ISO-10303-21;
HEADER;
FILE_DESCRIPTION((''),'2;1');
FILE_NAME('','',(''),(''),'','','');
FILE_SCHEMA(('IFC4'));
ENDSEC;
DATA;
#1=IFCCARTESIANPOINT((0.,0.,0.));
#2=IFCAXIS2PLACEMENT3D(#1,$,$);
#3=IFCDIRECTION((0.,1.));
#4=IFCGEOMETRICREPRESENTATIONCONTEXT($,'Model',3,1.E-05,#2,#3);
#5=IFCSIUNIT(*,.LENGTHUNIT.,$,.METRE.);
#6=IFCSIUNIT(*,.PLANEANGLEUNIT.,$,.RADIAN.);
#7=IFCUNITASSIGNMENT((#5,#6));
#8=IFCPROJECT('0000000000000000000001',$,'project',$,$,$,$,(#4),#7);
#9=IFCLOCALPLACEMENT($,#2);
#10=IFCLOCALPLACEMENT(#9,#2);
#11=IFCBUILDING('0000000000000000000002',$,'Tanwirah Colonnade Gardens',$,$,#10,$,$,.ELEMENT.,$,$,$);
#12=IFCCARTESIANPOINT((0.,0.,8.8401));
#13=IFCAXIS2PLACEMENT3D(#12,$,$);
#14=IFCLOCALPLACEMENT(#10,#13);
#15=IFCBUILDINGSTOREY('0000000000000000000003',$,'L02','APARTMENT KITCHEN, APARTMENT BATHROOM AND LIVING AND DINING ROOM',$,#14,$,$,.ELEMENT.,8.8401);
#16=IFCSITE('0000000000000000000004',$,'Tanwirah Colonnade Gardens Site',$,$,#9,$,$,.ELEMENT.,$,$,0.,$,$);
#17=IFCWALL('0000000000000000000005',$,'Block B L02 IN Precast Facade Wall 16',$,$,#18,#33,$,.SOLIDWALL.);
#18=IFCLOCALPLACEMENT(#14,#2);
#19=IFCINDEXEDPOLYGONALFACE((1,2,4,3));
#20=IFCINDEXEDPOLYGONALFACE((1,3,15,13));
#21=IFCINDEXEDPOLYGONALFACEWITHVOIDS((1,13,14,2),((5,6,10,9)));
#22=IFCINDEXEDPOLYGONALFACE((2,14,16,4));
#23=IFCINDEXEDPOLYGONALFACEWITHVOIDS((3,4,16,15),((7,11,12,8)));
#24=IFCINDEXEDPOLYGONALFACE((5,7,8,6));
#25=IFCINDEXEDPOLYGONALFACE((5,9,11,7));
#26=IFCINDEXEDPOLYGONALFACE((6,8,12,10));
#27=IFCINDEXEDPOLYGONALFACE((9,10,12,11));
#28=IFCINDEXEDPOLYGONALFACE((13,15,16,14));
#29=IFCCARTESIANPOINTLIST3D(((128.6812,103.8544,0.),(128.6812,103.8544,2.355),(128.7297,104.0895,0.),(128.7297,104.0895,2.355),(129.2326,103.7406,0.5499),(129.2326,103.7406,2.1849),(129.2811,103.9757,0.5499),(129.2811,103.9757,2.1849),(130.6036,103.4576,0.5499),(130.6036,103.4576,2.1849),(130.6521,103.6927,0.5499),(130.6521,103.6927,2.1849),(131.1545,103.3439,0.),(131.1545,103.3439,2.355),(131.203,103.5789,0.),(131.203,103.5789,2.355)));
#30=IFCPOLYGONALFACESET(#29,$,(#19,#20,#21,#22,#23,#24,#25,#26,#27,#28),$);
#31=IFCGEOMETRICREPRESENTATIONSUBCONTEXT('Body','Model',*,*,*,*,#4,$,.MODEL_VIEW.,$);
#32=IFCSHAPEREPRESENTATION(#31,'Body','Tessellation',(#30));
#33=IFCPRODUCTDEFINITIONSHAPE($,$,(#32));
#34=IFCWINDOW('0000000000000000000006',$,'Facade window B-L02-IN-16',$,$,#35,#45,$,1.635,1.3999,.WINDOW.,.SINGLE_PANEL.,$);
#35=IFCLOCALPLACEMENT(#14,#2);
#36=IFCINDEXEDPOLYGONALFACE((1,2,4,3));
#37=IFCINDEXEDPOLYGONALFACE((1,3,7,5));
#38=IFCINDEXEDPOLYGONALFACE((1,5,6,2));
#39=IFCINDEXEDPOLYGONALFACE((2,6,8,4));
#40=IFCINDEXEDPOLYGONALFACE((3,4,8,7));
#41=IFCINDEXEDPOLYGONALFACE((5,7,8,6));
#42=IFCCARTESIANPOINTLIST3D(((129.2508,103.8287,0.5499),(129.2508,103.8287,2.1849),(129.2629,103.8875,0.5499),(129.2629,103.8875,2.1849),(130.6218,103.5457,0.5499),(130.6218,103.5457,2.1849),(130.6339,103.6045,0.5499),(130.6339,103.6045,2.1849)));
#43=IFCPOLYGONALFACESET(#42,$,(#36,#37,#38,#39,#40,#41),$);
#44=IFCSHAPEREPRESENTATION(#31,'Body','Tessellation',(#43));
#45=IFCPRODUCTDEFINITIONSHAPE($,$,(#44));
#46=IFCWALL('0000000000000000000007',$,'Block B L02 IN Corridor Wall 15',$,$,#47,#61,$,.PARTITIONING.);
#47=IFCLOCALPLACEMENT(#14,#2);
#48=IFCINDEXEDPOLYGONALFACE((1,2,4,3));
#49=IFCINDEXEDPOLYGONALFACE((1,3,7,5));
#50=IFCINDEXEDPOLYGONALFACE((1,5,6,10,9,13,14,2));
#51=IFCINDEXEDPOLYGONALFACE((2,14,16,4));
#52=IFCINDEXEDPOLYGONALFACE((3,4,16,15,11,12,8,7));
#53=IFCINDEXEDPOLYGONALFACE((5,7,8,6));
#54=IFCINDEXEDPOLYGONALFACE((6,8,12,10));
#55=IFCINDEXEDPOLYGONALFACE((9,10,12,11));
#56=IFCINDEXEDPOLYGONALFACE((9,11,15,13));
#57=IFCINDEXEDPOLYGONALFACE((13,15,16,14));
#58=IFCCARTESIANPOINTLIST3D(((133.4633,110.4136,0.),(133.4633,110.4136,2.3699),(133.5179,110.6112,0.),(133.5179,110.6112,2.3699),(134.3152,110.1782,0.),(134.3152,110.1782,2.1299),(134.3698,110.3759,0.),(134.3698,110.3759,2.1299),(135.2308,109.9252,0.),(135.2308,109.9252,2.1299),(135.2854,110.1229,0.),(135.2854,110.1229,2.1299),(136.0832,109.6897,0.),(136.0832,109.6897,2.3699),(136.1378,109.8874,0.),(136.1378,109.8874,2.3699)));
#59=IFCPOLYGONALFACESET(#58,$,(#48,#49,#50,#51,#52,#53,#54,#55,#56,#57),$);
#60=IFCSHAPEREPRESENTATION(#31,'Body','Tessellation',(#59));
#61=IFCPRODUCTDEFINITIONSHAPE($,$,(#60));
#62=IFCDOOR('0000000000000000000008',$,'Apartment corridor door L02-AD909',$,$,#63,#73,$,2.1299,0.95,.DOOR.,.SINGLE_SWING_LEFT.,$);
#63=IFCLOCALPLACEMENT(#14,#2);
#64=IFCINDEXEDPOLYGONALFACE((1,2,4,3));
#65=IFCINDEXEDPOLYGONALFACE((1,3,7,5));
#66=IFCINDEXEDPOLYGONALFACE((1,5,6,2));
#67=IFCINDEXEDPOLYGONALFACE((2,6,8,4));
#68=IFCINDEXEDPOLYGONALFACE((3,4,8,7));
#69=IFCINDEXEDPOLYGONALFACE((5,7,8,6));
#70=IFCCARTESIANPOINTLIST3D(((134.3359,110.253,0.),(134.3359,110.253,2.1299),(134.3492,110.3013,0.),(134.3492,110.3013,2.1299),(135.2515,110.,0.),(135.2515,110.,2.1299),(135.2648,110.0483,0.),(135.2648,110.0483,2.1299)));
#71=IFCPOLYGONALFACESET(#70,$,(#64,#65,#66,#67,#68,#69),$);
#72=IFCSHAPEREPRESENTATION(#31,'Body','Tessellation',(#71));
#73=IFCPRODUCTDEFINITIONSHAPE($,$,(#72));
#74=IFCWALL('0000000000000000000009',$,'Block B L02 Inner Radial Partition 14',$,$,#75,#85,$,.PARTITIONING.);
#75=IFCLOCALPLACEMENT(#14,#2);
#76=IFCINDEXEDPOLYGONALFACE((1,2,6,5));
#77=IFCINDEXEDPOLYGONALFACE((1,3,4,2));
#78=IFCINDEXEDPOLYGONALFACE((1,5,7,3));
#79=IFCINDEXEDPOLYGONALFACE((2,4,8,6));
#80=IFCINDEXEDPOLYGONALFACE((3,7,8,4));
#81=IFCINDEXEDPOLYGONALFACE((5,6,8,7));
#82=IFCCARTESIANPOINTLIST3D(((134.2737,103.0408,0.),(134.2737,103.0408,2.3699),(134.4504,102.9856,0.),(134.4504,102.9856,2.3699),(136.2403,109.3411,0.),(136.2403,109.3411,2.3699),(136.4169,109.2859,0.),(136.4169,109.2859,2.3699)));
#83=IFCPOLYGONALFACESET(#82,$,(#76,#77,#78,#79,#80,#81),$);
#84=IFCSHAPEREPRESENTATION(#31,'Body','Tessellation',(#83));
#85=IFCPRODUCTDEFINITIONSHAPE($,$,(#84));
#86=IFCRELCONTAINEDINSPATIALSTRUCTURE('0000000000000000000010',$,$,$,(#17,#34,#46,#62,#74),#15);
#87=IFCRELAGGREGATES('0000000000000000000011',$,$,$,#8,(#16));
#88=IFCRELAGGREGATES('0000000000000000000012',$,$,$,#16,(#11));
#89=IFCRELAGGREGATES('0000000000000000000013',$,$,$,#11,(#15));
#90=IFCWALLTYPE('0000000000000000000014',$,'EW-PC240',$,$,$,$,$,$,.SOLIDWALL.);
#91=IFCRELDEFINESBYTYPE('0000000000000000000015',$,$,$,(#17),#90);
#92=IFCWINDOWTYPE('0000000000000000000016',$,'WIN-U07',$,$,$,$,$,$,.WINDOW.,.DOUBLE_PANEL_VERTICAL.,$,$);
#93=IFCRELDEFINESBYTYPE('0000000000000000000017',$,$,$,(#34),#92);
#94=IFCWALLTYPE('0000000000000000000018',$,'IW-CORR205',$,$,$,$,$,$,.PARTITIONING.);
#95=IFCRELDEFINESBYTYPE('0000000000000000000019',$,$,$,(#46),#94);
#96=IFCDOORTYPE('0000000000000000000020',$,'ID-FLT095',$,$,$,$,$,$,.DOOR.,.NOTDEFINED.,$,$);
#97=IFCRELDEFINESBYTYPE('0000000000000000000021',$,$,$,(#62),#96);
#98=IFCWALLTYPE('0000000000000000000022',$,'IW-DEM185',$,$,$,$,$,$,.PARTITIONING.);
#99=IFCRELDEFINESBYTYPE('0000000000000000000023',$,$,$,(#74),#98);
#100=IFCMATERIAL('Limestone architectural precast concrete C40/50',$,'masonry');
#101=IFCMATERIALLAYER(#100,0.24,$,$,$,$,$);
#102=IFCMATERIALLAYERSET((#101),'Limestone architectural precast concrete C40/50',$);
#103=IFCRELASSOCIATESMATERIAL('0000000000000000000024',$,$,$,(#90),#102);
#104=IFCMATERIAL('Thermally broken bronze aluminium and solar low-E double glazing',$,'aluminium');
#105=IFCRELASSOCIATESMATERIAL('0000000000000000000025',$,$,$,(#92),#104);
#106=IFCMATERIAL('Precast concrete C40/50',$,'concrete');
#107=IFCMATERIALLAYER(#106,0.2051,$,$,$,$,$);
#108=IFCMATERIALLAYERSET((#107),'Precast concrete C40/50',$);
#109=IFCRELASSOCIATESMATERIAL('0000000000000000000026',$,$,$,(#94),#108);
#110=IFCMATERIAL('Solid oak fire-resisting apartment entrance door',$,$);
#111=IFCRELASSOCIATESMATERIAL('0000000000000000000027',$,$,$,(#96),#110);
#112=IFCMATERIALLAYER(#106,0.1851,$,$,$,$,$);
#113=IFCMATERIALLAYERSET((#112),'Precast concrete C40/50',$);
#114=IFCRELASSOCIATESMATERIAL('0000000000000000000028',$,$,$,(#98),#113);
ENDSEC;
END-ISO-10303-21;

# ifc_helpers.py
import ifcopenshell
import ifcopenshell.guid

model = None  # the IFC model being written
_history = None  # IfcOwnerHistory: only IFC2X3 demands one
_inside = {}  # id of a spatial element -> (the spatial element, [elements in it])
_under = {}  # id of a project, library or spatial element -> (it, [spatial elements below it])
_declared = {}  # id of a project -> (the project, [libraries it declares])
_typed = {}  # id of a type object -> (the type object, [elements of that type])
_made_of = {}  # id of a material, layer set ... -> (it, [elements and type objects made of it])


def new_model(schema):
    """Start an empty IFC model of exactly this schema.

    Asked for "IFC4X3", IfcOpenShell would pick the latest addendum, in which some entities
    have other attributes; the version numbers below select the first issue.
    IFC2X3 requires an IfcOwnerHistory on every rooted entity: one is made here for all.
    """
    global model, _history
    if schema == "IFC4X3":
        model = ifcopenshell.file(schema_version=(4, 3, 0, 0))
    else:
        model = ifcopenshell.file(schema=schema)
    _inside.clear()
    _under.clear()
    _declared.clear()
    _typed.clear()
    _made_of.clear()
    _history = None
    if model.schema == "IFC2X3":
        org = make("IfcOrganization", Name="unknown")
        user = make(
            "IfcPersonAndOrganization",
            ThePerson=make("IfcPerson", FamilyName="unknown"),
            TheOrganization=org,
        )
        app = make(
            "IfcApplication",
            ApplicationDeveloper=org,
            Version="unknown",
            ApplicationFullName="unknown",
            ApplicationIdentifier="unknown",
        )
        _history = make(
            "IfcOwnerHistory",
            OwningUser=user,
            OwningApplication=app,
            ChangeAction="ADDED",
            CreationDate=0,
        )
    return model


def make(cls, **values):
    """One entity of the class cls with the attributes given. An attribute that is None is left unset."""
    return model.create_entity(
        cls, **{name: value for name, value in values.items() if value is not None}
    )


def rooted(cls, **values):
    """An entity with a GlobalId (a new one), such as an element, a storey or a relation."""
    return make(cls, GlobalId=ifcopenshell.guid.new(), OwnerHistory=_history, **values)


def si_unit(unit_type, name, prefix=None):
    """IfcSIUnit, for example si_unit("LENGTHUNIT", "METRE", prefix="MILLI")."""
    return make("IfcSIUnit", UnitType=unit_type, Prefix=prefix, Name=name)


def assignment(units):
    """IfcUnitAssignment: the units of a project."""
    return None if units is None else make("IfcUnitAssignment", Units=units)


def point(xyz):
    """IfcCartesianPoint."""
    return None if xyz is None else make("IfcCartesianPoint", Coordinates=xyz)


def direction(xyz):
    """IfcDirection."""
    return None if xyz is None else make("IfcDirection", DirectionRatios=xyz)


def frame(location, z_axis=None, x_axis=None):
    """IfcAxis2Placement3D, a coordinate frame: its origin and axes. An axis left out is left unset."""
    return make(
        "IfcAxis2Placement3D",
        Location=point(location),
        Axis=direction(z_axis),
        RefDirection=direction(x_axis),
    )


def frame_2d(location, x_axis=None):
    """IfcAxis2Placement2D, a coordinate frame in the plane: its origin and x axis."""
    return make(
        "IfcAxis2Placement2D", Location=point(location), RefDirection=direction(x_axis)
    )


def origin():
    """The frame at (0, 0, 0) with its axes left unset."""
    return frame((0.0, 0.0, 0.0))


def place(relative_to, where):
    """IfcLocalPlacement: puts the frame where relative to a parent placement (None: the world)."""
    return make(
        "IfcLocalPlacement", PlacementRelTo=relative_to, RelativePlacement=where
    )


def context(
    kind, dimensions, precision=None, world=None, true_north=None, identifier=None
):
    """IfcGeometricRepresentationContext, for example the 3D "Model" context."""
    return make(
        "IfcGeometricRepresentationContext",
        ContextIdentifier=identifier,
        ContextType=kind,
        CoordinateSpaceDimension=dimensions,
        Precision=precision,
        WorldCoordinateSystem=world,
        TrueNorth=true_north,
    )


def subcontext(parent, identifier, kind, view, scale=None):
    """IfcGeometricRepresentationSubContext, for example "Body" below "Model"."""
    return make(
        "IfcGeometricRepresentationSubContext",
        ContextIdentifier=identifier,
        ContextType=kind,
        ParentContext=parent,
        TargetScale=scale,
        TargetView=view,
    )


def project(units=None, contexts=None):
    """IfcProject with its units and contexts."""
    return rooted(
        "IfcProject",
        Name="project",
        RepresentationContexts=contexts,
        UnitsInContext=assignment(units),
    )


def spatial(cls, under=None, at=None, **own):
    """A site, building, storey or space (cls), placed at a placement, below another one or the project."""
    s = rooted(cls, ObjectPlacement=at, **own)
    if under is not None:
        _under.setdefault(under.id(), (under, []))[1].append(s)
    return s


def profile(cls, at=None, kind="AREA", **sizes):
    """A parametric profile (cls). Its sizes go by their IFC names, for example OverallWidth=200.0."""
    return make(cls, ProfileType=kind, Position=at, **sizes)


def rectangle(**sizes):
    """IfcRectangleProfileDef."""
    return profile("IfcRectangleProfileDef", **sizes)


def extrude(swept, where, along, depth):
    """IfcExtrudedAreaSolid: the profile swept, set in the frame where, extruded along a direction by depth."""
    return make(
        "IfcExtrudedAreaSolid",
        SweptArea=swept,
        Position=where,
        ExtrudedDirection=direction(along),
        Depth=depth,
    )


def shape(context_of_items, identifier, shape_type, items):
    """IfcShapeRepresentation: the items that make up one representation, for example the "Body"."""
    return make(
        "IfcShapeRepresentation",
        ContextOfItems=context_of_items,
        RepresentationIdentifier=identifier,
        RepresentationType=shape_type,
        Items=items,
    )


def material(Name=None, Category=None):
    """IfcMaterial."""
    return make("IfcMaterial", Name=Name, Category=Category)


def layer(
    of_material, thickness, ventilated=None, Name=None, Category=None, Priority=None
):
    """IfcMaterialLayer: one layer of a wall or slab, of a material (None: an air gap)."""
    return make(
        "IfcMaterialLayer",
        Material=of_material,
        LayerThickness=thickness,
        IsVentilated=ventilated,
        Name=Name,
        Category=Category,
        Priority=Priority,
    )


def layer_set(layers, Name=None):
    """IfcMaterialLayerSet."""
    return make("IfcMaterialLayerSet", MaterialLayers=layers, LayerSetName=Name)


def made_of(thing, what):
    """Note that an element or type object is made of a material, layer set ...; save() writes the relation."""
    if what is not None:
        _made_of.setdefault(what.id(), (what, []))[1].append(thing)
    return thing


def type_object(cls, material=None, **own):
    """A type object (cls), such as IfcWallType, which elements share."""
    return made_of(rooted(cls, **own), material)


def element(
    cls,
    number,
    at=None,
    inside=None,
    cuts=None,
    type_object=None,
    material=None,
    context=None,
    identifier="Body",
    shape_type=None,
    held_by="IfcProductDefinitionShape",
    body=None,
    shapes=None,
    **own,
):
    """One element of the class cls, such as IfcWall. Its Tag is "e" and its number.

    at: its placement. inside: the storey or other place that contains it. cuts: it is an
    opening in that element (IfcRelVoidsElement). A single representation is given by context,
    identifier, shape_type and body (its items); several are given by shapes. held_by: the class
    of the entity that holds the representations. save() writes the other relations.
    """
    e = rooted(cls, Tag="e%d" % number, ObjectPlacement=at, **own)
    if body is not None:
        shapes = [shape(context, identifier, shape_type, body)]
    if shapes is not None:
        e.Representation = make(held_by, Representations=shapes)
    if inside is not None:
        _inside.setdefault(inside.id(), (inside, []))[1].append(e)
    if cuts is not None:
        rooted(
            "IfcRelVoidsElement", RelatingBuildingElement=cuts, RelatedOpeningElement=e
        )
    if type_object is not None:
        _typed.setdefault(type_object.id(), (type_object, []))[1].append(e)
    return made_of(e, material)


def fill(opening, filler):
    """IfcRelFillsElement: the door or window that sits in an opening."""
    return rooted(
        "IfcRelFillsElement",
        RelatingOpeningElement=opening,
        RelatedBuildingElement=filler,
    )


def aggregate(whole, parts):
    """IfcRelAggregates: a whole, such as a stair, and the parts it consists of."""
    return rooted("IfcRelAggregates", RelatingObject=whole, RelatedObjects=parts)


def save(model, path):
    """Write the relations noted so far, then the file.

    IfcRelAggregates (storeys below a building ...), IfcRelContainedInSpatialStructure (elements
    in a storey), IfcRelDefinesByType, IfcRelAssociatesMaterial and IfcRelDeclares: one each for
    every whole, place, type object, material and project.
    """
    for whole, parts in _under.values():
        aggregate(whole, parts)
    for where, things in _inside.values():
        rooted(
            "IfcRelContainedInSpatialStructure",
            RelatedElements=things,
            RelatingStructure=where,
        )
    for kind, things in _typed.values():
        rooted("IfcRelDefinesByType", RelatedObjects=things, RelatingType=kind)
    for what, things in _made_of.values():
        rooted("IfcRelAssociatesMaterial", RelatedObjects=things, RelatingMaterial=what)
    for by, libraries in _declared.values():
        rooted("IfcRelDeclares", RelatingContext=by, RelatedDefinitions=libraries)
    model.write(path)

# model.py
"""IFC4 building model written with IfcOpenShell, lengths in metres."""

from ifc_helpers import new_model, si_unit, direction, frame, frame_2d, origin, place, context, subcontext, project, spatial, rectangle, extrude, material, layer, layer_set, type_object, element, fill, save


model = new_model("IFC4")

# Units and contexts
model_context = context("Model", 3, precision=1e-05, world=origin(), true_north=direction((0.0, 1.0)))
body_context = subcontext(model_context, "Body", "Model", "MODEL_VIEW")
ifc_project = project(units=[si_unit("LENGTHUNIT", "METRE"), si_unit("PLANEANGLEUNIT", "RADIAN")], contexts=[model_context])

# Site, building, storey
site_placement = place(None, origin())
site = spatial("IfcSite", under=ifc_project, at=site_placement, Name="Tanwirah Colonnade Gardens Site", CompositionType="ELEMENT", RefElevation=0.0)
building_placement = place(site_placement, origin())
building = spatial("IfcBuilding", under=site, at=building_placement, Name="Tanwirah Colonnade Gardens", CompositionType="ELEMENT")
storey_placement = place(building_placement, frame((0.0, 0.0, 8.8401)))
storey = spatial("IfcBuildingStorey", under=building, at=storey_placement, Name="L02", Description="APARTMENT KITCHEN, APARTMENT BATHROOM AND LIVING AND DINING ROOM", CompositionType="ELEMENT", Elevation=8.8401)

# Shared definitions
ifc_material_1 = material(Name="Precast concrete C40/50", Category="concrete")

# Wall, opening, window
ifc_material_2 = material(Name="Limestone architectural precast concrete C40/50", Category="masonry")
ifc_layer_1 = layer(ifc_material_2, 0.24)
ifc_layer_set_1 = layer_set([ifc_layer_1], Name="Limestone architectural precast concrete C40/50")
wall_type_1 = type_object("IfcWallType", Name="EW-PC240", PredefinedType="SOLIDWALL", material=ifc_layer_set_1)
ifc_material_3 = material(Name="Thermally broken bronze aluminium and solar low-E double glazing", Category="aluminium")
wall_1_placement = place(storey_placement, frame((131.1787, 103.4614, 0.0), z_axis=(0.0, 0.0, 1.0), x_axis=(-0.979354, 0.202155, 0.0)))
wall_1 = element("IfcWall", 1, at=wall_1_placement, inside=storey, type_object=wall_type_1, Name="Block B L02 IN Precast Facade Wall 16", PredefinedType="SOLIDWALL", context=body_context, shape_type="SweptSolid", body=[
    extrude(rectangle(XDim=2.5254, YDim=0.24, at=frame_2d((1.2627, 0.0))), origin(), (0.0, 0.0, 1.0), 2.355),
])
opening_1_placement = place(wall_1_placement, frame((0.5625, 0.0, 0.55)))
opening_1 = element("IfcOpeningElement", 2, at=opening_1_placement, cuts=wall_1, PredefinedType="OPENING", context=body_context, shape_type="SweptSolid", body=[
    extrude(rectangle(XDim=1.3999, YDim=1.635, at=frame_2d((0.7, 0.8174))), frame((0.0, 0.1299, 0.0), z_axis=(0.0, -1.0, 0.0), x_axis=(1.0, 0.0, 0.0)), (0.0, 0.0, 1.0), 0.26),
])
window_type_1 = type_object("IfcWindowType", Name="WIN-U07", PartitioningType="DOUBLE_PANEL_VERTICAL", PredefinedType="WINDOW", material=ifc_material_3)
window_1_placement = place(opening_1_placement, origin())
window_1 = element("IfcWindow", 3, at=window_1_placement, inside=storey, type_object=window_type_1, Name="Facade window B-L02-IN-16", OverallHeight=1.635, OverallWidth=1.3999, PartitioningType="SINGLE_PANEL", PredefinedType="WINDOW", context=body_context, shape_type="SweptSolid", body=[
    extrude(rectangle(XDim=1.3999, YDim=1.635, at=frame_2d((0.7, 0.8174))), frame((0.0, 0.03, 0.0), z_axis=(0.0, -1.0, 0.0), x_axis=(1.0, 0.0, 0.0)), (0.0, 0.0, 1.0), 0.0601),
])
fill(opening_1, window_1)

# Wall, opening, door
ifc_layer_2 = layer(ifc_material_1, 0.2051)
ifc_layer_set_2 = layer_set([ifc_layer_2], Name="Precast concrete C40/50")
wall_type_2 = type_object("IfcWallType", Name="IW-CORR205", PredefinedType="PARTITIONING", material=ifc_layer_set_2)
wall_2_placement = place(storey_placement, frame((136.1104, 109.7886, 0.0), z_axis=(0.0, 0.0, 1.0), x_axis=(-0.963884, 0.266323, 0.0)))
wall_2 = element("IfcWall", 4, at=wall_2_placement, inside=storey, type_object=wall_type_2, Name="Block B L02 IN Corridor Wall 15", PredefinedType="PARTITIONING", context=body_context, shape_type="SweptSolid", body=[
    extrude(rectangle(XDim=2.718, YDim=0.2051, at=frame_2d((1.3589, 0.0))), origin(), (0.0, 0.0, 1.0), 2.3699),
])
opening_2_placement = place(wall_2_placement, frame((0.884, 0.0, 0.0)))
opening_2 = element("IfcOpeningElement", 5, at=opening_2_placement, cuts=wall_2, PredefinedType="OPENING", context=body_context, shape_type="SweptSolid", body=[
    extrude(rectangle(XDim=0.95, YDim=2.1299, at=frame_2d((0.4751, 1.0649))), frame((0.0, 0.1125, 0.0), z_axis=(0.0, -1.0, 0.0), x_axis=(1.0, 0.0, 0.0)), (0.0, 0.0, 1.0), 0.2251),
])
ifc_material_4 = material(Name="Solid oak fire-resisting apartment entrance door")
door_type_1 = type_object("IfcDoorType", Name="ID-FLT095", OperationType="NOTDEFINED", PredefinedType="DOOR", material=ifc_material_4)
door_1_placement = place(opening_2_placement, origin())
door_1 = element("IfcDoor", 6, at=door_1_placement, inside=storey, type_object=door_type_1, Name="Apartment corridor door L02-AD909", OperationType="SINGLE_SWING_LEFT", OverallHeight=2.1299, OverallWidth=0.95, PredefinedType="DOOR", context=body_context, shape_type="SweptSolid", body=[
    extrude(rectangle(XDim=0.95, YDim=2.1299, at=frame_2d((0.4751, 1.0649))), frame((0.0, 0.0249, 0.0), z_axis=(0.0, -1.0, 0.0), x_axis=(1.0, 0.0, 0.0)), (0.0, 0.0, 1.0), 0.05),
])
fill(opening_2, door_1)

# Wall
ifc_layer_3 = layer(ifc_material_1, 0.1851)
ifc_layer_set_3 = layer_set([ifc_layer_3], Name="Precast concrete C40/50")
wall_type_3 = type_object("IfcWallType", Name="IW-DEM185", PredefinedType="PARTITIONING", material=ifc_layer_set_3)
wall_3_placement = place(storey_placement, frame((134.3621, 103.0132, 0.0), z_axis=(0.0, 0.0, 1.0), x_axis=(0.297959, 0.954579, 0.0)))
element("IfcWall", 7, at=wall_3_placement, inside=storey, type_object=wall_type_3, Name="Block B L02 Inner Radial Partition 14", PredefinedType="PARTITIONING", context=body_context, shape_type="SweptSolid", body=[
    extrude(rectangle(XDim=6.6001, YDim=0.1851, at=frame_2d((3.3, 0.0))), origin(), (0.0, 0.0, 1.0), 2.3699),
])

save(model, "model.ifc")
